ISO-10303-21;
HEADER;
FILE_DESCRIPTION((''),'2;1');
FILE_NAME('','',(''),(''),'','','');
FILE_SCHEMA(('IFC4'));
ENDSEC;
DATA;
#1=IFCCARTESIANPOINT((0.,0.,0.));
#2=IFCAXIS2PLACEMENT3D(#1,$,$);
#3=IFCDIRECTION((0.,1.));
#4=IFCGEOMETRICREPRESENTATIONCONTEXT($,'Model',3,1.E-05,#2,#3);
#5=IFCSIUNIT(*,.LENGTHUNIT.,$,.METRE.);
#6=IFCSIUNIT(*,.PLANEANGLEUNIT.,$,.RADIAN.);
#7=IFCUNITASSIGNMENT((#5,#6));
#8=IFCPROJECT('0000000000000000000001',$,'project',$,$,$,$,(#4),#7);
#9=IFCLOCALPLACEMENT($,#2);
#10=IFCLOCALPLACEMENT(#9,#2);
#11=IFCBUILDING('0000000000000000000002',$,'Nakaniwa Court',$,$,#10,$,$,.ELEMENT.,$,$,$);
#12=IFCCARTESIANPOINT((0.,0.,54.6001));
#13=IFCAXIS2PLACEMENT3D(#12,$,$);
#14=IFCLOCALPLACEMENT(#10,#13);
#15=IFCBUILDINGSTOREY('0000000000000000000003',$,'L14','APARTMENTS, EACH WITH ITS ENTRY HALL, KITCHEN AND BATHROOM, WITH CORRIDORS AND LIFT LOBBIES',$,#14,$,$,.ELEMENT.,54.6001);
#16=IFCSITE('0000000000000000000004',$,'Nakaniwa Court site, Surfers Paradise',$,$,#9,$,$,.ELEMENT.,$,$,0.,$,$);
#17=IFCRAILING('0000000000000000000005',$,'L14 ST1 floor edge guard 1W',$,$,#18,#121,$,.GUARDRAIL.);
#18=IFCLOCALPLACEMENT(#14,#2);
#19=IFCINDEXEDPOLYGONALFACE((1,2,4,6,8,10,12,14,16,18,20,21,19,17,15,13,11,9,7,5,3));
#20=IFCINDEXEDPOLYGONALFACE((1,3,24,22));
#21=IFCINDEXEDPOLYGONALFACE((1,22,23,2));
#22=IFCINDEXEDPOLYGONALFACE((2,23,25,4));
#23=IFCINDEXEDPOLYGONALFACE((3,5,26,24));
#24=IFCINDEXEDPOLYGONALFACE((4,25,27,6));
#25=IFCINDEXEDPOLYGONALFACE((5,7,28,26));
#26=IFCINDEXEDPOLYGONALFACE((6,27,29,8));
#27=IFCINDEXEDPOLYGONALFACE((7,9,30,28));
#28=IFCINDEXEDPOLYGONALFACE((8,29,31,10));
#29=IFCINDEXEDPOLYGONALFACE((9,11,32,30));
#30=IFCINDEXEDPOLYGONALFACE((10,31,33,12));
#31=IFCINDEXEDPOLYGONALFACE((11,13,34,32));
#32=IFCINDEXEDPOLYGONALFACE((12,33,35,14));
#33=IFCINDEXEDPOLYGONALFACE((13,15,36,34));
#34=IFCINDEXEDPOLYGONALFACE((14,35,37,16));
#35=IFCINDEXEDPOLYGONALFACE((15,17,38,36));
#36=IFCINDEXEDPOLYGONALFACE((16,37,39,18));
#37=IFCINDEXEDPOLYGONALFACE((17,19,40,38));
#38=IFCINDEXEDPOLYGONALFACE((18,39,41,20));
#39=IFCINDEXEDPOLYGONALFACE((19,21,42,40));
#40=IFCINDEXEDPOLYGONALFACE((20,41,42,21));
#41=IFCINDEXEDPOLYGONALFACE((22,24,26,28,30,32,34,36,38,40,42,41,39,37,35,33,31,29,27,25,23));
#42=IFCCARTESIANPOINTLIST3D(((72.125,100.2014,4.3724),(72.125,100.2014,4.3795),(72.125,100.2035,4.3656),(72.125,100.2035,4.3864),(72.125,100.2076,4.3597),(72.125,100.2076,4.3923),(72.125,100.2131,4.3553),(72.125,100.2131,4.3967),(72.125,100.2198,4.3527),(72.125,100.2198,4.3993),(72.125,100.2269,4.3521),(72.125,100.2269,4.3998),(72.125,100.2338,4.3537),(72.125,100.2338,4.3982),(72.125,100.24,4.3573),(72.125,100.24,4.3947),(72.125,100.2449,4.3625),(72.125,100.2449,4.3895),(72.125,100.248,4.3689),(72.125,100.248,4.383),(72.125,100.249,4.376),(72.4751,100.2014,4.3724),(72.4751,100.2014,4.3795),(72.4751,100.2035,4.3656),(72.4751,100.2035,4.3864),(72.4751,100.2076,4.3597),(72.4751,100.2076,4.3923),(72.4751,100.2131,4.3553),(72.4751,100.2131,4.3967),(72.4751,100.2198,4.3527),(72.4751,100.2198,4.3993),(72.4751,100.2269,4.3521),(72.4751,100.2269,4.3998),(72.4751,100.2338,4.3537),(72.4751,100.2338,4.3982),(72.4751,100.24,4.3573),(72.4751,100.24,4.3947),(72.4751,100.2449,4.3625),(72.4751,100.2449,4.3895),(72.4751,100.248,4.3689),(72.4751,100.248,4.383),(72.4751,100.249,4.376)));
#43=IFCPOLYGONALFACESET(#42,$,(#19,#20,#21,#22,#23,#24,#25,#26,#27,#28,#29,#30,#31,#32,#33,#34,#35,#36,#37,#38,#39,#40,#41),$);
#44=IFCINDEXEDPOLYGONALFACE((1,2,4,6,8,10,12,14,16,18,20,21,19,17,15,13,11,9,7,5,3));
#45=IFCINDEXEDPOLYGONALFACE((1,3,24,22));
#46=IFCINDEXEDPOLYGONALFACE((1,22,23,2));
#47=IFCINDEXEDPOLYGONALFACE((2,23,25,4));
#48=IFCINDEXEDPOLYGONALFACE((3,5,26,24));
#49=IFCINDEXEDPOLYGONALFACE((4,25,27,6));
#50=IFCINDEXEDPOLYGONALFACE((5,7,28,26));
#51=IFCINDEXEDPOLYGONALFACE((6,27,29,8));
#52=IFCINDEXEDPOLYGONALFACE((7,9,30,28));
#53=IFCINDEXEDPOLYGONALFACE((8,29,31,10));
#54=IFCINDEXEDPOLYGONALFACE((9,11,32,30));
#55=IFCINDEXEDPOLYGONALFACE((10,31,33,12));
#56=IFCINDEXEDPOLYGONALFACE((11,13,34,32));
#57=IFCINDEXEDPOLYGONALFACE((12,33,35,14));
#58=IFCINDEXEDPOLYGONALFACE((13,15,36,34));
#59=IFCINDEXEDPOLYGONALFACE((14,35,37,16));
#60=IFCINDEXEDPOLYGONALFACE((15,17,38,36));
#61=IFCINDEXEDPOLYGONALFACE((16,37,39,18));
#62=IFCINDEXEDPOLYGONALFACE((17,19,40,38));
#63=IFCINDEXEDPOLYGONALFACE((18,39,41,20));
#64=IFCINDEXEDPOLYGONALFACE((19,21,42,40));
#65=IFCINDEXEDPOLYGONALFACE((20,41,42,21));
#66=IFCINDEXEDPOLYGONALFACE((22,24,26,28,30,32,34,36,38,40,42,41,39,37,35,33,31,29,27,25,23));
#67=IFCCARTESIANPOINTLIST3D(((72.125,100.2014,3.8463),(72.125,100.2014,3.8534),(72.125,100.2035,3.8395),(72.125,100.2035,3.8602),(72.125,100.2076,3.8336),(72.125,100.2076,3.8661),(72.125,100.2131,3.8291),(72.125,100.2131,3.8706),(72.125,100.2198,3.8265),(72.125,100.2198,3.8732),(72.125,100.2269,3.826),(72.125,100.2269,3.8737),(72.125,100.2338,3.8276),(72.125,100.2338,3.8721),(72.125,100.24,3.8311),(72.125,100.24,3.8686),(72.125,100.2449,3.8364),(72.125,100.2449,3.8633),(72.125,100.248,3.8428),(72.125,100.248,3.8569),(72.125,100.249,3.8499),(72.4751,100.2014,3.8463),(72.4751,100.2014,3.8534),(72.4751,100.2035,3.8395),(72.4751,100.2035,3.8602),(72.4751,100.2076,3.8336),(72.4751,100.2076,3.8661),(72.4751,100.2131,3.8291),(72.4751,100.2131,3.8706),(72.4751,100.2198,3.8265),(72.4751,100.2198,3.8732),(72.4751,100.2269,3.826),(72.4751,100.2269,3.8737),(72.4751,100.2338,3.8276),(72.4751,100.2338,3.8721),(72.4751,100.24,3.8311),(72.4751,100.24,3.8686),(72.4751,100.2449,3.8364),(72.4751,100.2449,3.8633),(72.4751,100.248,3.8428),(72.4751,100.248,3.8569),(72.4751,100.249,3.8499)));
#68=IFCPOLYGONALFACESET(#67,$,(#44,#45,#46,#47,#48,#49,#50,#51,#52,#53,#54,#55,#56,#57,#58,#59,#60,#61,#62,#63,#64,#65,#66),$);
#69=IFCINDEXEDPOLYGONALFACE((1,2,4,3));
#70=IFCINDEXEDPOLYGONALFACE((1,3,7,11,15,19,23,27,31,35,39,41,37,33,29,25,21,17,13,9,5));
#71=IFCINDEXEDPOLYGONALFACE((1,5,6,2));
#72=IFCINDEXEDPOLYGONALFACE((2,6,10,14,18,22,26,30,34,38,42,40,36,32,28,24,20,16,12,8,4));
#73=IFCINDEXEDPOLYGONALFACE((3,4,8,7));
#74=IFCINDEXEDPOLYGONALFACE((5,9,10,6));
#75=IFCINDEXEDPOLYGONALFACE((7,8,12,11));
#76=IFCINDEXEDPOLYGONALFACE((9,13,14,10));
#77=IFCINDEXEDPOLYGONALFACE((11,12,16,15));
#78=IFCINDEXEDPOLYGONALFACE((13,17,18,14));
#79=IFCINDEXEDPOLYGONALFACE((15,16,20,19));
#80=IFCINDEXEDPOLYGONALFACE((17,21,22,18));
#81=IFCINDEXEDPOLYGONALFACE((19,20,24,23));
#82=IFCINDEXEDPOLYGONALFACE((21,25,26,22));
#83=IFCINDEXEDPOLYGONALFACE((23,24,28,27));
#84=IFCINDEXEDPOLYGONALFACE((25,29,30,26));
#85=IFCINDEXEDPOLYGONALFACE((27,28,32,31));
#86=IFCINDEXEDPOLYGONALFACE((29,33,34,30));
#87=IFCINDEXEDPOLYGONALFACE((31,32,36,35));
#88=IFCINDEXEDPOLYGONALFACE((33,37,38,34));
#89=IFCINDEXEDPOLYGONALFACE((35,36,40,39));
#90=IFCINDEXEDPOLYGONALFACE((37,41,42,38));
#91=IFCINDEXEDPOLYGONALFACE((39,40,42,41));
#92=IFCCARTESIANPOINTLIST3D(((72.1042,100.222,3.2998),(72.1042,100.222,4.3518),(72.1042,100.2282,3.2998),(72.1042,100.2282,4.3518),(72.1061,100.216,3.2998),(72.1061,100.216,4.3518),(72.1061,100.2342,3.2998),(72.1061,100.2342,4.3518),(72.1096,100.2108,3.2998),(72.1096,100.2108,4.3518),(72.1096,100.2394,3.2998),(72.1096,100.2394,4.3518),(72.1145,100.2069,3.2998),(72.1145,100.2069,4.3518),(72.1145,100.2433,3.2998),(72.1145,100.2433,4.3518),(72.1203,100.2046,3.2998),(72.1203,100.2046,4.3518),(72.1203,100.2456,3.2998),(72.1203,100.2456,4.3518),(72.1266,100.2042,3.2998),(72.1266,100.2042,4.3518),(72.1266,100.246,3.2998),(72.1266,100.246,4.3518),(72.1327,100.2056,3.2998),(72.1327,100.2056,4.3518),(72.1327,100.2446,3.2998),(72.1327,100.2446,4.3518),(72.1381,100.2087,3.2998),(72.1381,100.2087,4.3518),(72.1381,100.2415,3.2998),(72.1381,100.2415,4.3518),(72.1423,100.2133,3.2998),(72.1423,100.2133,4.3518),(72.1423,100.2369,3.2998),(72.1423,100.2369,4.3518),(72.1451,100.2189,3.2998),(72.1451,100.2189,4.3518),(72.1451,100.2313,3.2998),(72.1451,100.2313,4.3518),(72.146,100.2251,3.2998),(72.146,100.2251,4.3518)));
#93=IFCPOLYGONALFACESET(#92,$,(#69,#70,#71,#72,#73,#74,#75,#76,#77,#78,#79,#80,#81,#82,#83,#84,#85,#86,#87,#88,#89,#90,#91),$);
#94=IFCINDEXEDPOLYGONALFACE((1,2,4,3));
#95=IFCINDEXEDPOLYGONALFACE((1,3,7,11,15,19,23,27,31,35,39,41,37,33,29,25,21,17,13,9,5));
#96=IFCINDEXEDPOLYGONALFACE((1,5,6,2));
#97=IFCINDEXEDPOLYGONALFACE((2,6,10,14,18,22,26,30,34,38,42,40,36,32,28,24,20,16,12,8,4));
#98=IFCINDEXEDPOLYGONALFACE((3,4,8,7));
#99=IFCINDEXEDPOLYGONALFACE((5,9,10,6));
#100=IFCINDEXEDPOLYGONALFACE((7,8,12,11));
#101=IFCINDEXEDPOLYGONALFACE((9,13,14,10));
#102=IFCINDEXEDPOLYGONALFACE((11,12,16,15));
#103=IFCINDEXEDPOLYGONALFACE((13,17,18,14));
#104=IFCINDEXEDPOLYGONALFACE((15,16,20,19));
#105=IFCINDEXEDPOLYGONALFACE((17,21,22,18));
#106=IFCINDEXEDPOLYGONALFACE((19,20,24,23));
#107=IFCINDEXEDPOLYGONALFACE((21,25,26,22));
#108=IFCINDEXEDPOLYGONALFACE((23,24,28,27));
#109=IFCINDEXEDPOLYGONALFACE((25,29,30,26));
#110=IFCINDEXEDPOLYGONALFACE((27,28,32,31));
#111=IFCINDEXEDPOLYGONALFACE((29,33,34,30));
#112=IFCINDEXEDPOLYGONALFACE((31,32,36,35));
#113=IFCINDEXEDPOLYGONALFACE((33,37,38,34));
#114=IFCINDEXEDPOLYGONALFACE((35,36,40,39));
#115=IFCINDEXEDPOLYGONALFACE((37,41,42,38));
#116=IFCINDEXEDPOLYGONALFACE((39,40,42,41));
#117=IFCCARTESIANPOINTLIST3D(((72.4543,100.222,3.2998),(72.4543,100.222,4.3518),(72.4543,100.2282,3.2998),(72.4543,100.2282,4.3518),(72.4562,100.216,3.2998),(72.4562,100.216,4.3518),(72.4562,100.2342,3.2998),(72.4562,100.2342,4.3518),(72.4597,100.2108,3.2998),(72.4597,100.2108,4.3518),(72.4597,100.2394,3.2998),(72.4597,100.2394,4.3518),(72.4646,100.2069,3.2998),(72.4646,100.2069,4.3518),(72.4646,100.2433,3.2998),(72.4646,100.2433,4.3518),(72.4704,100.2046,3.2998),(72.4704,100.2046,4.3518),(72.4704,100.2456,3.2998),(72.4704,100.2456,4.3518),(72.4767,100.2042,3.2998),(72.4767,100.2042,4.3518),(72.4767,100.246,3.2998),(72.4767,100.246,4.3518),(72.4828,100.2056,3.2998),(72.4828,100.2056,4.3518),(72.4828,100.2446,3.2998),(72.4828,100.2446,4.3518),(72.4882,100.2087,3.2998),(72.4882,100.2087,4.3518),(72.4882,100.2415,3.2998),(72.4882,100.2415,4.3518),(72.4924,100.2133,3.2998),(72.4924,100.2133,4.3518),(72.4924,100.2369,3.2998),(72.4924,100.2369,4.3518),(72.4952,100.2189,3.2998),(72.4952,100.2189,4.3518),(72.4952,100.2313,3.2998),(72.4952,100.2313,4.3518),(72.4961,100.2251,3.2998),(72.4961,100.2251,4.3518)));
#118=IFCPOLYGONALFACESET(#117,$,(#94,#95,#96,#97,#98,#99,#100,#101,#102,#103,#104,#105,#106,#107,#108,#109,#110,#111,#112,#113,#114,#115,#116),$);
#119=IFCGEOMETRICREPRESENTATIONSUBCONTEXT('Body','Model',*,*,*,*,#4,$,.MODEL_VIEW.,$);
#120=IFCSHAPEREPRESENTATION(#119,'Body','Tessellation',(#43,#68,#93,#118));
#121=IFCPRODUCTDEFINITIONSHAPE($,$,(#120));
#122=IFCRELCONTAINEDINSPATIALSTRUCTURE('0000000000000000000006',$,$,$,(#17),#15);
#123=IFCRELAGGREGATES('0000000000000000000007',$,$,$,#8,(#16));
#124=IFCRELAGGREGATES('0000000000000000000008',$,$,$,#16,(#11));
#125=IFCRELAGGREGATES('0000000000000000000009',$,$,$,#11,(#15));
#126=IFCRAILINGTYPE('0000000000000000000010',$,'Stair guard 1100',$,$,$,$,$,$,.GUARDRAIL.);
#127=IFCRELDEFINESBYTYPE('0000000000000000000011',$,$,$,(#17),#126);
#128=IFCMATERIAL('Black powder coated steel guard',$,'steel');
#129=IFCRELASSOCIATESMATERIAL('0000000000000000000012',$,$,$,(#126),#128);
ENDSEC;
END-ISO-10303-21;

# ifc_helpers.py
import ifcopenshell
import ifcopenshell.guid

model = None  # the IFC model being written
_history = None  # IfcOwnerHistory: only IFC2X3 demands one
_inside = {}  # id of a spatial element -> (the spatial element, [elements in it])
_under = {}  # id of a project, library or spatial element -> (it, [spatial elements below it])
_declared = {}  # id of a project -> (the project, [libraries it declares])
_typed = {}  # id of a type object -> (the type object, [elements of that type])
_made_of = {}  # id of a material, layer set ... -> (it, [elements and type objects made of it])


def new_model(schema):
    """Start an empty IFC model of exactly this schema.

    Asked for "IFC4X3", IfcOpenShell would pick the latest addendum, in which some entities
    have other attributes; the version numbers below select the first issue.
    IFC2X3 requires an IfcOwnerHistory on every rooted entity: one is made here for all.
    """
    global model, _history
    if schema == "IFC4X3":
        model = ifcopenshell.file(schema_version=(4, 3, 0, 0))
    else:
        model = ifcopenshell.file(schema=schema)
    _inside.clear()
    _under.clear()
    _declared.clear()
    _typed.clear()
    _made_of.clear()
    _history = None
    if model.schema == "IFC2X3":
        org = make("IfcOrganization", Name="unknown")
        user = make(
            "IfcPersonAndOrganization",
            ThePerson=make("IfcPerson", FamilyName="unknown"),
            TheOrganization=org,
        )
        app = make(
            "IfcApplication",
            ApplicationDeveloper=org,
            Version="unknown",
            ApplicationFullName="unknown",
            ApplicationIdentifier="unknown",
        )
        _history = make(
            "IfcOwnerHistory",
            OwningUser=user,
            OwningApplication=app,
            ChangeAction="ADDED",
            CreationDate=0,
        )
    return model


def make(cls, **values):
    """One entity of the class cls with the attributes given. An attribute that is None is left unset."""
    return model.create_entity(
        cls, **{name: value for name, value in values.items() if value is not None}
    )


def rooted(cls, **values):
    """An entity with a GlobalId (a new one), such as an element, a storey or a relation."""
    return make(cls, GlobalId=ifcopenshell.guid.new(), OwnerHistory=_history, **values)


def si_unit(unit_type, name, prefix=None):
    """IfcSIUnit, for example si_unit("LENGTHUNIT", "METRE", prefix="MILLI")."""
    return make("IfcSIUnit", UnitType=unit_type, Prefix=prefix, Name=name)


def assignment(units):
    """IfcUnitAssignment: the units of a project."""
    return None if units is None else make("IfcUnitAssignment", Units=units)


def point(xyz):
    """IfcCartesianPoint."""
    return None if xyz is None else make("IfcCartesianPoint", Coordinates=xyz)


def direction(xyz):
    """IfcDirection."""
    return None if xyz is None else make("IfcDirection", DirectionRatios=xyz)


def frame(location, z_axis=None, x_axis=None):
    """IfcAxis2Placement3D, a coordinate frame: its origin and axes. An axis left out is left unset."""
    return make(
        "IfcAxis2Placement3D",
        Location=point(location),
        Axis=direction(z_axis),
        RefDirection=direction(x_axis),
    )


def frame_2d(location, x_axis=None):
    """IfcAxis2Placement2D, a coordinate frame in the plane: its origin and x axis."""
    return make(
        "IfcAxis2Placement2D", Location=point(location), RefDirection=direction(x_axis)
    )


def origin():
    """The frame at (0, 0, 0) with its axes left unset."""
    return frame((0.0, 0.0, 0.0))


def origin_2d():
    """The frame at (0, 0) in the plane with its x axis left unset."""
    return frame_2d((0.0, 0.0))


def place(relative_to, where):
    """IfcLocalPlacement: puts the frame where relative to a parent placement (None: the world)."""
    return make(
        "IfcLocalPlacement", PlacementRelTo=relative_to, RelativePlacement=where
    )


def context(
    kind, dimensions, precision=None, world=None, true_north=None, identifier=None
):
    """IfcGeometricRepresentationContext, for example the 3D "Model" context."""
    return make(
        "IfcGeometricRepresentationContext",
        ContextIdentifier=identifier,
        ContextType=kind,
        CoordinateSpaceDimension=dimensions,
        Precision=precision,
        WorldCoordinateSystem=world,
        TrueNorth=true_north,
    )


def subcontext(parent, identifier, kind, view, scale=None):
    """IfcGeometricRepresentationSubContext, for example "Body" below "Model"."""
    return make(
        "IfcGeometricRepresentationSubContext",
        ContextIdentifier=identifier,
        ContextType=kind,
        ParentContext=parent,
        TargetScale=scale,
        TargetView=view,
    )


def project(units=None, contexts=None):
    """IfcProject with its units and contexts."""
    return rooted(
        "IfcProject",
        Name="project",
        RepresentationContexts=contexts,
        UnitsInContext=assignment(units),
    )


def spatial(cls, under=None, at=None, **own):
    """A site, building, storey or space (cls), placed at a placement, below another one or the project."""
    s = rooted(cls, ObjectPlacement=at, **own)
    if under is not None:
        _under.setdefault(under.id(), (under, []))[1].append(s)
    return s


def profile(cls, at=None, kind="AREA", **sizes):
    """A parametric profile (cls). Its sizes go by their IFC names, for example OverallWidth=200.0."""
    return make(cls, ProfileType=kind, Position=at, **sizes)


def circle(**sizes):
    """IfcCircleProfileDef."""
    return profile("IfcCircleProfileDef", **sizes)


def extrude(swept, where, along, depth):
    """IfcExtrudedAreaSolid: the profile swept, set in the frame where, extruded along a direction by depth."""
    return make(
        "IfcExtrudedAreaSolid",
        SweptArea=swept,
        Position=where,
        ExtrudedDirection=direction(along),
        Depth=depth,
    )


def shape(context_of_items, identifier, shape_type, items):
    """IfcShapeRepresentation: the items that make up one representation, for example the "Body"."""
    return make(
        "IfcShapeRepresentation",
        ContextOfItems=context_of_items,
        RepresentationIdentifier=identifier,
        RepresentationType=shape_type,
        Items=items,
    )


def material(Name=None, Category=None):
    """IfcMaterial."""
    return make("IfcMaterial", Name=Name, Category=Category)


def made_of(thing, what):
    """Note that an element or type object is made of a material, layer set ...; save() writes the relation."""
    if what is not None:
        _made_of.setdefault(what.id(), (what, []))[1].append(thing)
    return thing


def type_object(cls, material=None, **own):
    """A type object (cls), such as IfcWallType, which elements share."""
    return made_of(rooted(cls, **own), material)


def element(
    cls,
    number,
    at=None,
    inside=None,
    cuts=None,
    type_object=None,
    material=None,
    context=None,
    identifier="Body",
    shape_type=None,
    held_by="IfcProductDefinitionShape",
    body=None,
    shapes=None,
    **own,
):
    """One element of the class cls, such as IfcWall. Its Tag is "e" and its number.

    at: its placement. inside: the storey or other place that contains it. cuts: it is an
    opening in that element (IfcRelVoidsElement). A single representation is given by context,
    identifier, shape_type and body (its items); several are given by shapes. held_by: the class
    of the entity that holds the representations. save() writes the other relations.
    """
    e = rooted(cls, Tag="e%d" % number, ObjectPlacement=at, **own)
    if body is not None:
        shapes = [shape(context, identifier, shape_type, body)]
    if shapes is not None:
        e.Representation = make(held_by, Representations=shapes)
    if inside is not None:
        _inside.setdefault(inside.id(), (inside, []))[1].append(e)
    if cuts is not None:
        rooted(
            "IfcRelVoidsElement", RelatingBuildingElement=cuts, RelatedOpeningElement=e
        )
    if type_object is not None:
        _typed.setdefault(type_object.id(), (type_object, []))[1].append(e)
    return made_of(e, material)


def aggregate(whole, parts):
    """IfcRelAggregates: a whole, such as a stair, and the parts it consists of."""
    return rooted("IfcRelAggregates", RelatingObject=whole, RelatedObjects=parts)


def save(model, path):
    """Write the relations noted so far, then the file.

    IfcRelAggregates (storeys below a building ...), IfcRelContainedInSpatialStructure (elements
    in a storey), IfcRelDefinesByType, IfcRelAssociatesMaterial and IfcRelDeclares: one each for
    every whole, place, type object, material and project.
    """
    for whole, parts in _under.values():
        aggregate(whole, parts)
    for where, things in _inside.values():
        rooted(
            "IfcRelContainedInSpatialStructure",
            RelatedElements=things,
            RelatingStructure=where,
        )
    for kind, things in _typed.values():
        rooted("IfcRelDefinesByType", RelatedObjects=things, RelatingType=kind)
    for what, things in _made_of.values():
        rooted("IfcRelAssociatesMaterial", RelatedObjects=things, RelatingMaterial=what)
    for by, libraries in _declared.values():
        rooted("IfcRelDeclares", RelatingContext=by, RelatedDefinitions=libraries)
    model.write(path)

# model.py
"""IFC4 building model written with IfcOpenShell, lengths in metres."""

from ifc_helpers import new_model, si_unit, direction, frame, origin, origin_2d, place, context, subcontext, project, spatial, circle, extrude, material, type_object, element, save


model = new_model("IFC4")

# Units and contexts
model_context = context("Model", 3, precision=1e-05, world=origin(), true_north=direction((0.0, 1.0)))
body_context = subcontext(model_context, "Body", "Model", "MODEL_VIEW")
ifc_project = project(units=[si_unit("LENGTHUNIT", "METRE"), si_unit("PLANEANGLEUNIT", "RADIAN")], contexts=[model_context])

# Site, building, storey
site_placement = place(None, origin())
site = spatial("IfcSite", under=ifc_project, at=site_placement, Name="Nakaniwa Court site, Surfers Paradise", CompositionType="ELEMENT", RefElevation=0.0)
building_placement = place(site_placement, origin())
building = spatial("IfcBuilding", under=site, at=building_placement, Name="Nakaniwa Court", CompositionType="ELEMENT")
storey_placement = place(building_placement, frame((0.0, 0.0, 54.6001)))
storey = spatial("IfcBuildingStorey", under=building, at=storey_placement, Name="L14", Description="APARTMENTS, EACH WITH ITS ENTRY HALL, KITCHEN AND BATHROOM, WITH CORRIDORS AND LIFT LOBBIES", CompositionType="ELEMENT", Elevation=54.6001)

# Railing
ifc_material_1 = material(Name="Black powder coated steel guard", Category="steel")
railing_type_1 = type_object("IfcRailingType", Name="Stair guard 1100", PredefinedType="GUARDRAIL", material=ifc_material_1)
for number, where, name in (
    (1, (72.125, 100.2251, 3.2998), "L14 ST1 floor edge guard 1W"),
):
    element("IfcRailing", number, at=place(storey_placement, frame(where)), inside=storey, type_object=railing_type_1, Name=name, PredefinedType="GUARDRAIL", context=body_context, shape_type="SweptSolid", body=[
        extrude(circle(Radius=0.0239, at=origin_2d()), frame((0.0, 0.0, 1.0762), z_axis=(1.0, 0.0, 0.0), x_axis=(0.0, 1.0, 0.0)), (0.0, 0.0, 1.0), 0.3501),
        extrude(circle(Radius=0.0239, at=origin_2d()), frame((0.0, 0.0, 0.55), z_axis=(1.0, 0.0, 0.0), x_axis=(0.0, 1.0, 0.0)), (0.0, 0.0, 1.0), 0.3501),
        extrude(circle(Radius=0.021, at=origin_2d()), origin(), (0.0, 0.0, 1.0), 1.052),
        extrude(circle(Radius=0.021, at=origin_2d()), frame((0.3501, 0.0, 0.0)), (0.0, 0.0, 1.0), 1.052),
    ])

save(model, "model.ifc")
